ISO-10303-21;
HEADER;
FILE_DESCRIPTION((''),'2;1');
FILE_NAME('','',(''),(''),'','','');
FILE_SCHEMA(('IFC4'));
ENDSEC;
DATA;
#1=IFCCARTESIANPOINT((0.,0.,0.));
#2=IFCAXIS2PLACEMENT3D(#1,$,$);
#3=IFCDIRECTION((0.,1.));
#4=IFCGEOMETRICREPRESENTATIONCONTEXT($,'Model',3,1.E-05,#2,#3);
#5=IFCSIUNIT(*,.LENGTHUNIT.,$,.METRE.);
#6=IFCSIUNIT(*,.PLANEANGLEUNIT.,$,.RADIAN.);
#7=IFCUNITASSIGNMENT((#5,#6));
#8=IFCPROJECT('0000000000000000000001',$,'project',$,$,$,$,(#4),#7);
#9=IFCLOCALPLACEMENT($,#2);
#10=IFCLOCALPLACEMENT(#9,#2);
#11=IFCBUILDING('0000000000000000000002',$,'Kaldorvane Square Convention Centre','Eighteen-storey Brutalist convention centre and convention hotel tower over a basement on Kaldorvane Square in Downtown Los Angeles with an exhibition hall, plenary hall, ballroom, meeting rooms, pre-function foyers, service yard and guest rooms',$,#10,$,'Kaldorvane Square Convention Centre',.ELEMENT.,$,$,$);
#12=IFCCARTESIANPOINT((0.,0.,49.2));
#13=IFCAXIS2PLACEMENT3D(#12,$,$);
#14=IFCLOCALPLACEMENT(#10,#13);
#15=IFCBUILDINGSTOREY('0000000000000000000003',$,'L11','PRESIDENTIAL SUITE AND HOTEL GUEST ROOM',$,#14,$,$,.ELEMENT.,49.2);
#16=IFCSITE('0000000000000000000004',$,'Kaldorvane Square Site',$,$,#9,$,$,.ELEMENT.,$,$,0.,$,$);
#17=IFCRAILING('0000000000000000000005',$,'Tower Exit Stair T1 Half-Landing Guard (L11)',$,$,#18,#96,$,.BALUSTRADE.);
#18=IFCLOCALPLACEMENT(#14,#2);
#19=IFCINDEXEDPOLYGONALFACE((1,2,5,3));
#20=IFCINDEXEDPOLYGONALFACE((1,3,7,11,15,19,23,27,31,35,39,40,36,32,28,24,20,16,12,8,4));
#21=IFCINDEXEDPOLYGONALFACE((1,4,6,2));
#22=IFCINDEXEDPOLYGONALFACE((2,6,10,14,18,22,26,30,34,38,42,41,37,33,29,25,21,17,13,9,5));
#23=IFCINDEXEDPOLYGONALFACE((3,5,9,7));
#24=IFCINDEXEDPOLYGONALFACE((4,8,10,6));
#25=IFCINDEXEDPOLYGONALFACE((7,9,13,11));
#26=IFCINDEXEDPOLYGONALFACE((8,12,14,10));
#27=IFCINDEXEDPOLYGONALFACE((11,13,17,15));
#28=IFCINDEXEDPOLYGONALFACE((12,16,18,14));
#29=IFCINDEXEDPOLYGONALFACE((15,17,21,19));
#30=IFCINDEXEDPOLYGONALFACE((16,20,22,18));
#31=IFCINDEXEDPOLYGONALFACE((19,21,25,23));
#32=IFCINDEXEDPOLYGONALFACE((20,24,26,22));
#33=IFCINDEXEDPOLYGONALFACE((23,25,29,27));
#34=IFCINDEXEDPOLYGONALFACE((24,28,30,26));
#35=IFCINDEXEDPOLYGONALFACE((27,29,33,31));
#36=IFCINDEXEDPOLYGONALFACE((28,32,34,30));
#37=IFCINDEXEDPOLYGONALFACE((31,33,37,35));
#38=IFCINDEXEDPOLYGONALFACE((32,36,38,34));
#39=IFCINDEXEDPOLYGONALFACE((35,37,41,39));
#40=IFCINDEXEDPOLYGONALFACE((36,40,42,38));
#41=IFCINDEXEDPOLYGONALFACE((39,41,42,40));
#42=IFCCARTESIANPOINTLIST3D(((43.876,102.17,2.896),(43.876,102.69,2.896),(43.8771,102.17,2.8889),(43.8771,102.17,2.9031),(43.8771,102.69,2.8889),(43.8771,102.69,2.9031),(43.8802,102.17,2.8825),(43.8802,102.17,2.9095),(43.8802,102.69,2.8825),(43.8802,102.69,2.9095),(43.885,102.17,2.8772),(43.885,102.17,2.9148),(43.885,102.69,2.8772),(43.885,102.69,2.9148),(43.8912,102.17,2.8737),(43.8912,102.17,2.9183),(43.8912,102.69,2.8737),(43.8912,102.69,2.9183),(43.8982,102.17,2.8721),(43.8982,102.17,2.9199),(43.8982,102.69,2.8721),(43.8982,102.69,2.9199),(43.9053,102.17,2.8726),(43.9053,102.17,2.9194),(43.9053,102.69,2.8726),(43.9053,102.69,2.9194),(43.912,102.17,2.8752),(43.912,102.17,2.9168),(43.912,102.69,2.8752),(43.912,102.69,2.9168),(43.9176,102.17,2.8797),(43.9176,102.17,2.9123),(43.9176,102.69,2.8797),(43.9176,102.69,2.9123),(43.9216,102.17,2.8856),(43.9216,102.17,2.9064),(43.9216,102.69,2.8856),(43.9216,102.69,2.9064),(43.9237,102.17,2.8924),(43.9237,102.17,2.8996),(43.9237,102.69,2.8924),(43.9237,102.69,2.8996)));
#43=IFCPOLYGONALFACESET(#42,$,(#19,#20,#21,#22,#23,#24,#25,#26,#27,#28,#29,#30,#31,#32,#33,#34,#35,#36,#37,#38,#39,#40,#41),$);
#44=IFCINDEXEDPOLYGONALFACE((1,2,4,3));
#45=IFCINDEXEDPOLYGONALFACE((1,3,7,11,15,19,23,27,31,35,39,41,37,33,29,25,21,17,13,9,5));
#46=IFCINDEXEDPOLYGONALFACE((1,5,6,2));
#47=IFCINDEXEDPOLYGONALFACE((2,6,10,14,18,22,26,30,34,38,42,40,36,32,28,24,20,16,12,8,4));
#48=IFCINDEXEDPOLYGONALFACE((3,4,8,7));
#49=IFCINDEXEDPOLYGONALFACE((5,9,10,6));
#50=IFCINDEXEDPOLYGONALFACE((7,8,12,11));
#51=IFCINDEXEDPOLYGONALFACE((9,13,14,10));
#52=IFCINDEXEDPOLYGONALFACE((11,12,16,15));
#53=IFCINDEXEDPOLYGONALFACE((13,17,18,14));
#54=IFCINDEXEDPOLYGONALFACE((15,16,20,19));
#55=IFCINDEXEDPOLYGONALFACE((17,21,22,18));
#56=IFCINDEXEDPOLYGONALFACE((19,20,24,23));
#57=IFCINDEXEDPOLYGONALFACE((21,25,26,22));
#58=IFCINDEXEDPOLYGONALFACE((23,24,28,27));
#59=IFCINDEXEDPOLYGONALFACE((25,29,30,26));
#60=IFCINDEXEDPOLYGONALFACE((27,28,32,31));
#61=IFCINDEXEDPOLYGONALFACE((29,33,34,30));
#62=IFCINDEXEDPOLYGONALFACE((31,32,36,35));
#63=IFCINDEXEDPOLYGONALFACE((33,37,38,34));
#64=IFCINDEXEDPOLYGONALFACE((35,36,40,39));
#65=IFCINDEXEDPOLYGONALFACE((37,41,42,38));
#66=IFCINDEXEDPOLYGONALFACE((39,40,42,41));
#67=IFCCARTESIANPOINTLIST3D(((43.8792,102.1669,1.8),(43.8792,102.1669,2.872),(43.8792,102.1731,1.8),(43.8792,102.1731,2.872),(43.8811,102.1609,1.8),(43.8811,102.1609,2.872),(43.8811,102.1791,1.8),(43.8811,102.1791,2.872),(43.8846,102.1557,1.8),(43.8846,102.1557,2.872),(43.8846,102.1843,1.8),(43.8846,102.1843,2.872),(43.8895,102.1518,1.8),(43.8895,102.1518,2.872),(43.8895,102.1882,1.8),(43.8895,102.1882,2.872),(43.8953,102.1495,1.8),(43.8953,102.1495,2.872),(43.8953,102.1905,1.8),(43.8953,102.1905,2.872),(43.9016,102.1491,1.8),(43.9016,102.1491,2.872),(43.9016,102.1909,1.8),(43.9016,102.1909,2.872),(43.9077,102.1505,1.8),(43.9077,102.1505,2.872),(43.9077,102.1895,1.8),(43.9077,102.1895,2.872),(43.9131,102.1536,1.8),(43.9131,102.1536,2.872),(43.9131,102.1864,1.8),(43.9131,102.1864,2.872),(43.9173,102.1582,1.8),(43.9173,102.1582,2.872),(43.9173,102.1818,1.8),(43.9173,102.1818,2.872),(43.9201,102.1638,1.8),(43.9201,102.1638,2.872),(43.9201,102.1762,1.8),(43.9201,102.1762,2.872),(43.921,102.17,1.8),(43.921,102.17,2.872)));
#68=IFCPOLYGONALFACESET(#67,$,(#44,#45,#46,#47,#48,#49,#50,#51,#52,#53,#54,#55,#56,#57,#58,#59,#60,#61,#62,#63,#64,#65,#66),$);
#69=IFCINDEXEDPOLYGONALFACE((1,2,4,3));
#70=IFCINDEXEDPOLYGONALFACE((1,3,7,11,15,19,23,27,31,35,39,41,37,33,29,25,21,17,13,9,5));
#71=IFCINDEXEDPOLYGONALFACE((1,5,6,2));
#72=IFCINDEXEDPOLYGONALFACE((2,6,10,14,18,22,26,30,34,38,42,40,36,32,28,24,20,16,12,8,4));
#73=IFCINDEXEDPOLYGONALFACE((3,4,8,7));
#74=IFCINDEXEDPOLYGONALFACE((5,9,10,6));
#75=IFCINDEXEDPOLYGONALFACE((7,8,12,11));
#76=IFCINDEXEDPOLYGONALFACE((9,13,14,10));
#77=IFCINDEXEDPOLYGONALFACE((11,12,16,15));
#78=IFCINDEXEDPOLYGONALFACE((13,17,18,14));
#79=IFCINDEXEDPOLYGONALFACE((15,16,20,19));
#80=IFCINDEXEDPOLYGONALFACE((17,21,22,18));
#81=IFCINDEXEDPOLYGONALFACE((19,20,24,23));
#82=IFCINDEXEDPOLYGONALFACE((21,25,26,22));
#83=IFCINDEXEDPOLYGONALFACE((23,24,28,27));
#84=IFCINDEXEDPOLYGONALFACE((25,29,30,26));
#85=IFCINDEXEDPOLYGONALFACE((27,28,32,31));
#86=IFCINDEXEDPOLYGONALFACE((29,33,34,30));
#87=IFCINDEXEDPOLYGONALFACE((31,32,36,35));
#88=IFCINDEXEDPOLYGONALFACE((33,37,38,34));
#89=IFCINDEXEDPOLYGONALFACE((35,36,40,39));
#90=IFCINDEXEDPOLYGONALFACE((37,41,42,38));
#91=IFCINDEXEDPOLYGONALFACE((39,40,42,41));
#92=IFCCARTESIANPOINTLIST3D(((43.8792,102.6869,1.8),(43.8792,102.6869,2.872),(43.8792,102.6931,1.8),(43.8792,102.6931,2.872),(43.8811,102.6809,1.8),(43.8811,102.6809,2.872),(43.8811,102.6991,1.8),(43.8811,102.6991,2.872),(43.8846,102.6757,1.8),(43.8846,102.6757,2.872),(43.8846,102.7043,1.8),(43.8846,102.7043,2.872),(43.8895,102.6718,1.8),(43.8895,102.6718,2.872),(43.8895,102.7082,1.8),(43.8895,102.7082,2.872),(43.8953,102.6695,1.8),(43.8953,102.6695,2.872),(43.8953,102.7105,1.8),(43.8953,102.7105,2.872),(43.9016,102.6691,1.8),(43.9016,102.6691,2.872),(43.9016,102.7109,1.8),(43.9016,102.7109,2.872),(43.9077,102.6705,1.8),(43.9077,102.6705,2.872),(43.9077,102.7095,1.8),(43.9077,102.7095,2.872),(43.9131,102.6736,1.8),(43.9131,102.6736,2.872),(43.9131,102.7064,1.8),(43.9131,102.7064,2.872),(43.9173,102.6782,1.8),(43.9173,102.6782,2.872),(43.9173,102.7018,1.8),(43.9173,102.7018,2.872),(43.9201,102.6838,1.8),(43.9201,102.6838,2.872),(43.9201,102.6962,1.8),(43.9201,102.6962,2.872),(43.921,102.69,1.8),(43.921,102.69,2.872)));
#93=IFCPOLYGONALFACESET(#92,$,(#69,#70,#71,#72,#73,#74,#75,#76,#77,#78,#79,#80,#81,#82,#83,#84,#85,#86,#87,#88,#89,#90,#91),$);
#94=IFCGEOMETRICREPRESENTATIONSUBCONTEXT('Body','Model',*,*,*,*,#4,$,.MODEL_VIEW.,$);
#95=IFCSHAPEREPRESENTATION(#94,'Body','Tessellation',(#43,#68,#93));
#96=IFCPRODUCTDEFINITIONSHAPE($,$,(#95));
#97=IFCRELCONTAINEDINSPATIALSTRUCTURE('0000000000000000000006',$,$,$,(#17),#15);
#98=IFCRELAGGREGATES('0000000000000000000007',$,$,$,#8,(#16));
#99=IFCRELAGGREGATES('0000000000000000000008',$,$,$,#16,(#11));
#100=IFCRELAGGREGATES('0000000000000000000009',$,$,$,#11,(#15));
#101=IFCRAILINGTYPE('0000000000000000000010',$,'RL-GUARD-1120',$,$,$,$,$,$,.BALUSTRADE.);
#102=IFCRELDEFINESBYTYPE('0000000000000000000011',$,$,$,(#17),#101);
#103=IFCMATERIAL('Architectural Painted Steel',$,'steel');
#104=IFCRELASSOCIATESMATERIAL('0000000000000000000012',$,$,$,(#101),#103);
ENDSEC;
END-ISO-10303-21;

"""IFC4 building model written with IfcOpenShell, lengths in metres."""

from ifc_helpers import new_model, si_unit, direction, frame, origin, origin_2d, place, context, subcontext, project, spatial, circle, extrude, material, type_object, element, save


model = new_model("IFC4")

# Units and contexts
model_context = context("Model", 3, precision=1e-05, world=origin(), true_north=direction((0.0, 1.0)))
body_context = subcontext(model_context, "Body", "Model", "MODEL_VIEW")
ifc_project = project(units=[si_unit("LENGTHUNIT", "METRE"), si_unit("PLANEANGLEUNIT", "RADIAN")], contexts=[model_context])

# Site, building, storey
site_placement = place(None, origin())
site = spatial("IfcSite", under=ifc_project, at=site_placement, Name="Kaldorvane Square Site", CompositionType="ELEMENT", RefElevation=0.0)
building_placement = place(site_placement, origin())
building = spatial("IfcBuilding", under=site, at=building_placement, Name="Kaldorvane Square Convention Centre", Description="Eighteen-storey Brutalist convention centre and convention hotel tower over a basement on Kaldorvane Square in Downtown Los Angeles with an exhibition hall, plenary hall, ballroom, meeting rooms, pre-function foyers, service yard and guest rooms", LongName="Kaldorvane Square Convention Centre", CompositionType="ELEMENT")
storey_placement = place(building_placement, frame((0.0, 0.0, 49.2)))
storey = spatial("IfcBuildingStorey", under=building, at=storey_placement, Name="L11", Description="PRESIDENTIAL SUITE AND HOTEL GUEST ROOM", CompositionType="ELEMENT", Elevation=49.2)

# Railing
ifc_material_1 = material(Name="Architectural Painted Steel", Category="steel")
railing_type_1 = type_object("IfcRailingType", Name="RL-GUARD-1120", PredefinedType="BALUSTRADE", material=ifc_material_1)
for number, where, name in (
    (1, (43.9, 102.17, 1.8), "Tower Exit Stair T1 Half-Landing Guard (L11)"),
):
    element("IfcRailing", number, at=place(storey_placement, frame(where)), inside=storey, type_object=railing_type_1, Name=name, PredefinedType="BALUSTRADE", context=body_context, shape_type="SweptSolid", body=[
        extrude(circle(Radius=0.024, at=origin_2d()), frame((0.0, 0.0, 1.096), z_axis=(0.0, 1.0, 0.0), x_axis=(-1.0, 0.0, 0.0)), (0.0, 0.0, 1.0), 0.52),
        extrude(circle(Radius=0.021, at=origin_2d()), origin(), (0.0, 0.0, 1.0), 1.072),
        extrude(circle(Radius=0.021, at=origin_2d()), frame((0.0, 0.52, 0.0)), (0.0, 0.0, 1.0), 1.072),
    ])

save(model, "model.ifc")
